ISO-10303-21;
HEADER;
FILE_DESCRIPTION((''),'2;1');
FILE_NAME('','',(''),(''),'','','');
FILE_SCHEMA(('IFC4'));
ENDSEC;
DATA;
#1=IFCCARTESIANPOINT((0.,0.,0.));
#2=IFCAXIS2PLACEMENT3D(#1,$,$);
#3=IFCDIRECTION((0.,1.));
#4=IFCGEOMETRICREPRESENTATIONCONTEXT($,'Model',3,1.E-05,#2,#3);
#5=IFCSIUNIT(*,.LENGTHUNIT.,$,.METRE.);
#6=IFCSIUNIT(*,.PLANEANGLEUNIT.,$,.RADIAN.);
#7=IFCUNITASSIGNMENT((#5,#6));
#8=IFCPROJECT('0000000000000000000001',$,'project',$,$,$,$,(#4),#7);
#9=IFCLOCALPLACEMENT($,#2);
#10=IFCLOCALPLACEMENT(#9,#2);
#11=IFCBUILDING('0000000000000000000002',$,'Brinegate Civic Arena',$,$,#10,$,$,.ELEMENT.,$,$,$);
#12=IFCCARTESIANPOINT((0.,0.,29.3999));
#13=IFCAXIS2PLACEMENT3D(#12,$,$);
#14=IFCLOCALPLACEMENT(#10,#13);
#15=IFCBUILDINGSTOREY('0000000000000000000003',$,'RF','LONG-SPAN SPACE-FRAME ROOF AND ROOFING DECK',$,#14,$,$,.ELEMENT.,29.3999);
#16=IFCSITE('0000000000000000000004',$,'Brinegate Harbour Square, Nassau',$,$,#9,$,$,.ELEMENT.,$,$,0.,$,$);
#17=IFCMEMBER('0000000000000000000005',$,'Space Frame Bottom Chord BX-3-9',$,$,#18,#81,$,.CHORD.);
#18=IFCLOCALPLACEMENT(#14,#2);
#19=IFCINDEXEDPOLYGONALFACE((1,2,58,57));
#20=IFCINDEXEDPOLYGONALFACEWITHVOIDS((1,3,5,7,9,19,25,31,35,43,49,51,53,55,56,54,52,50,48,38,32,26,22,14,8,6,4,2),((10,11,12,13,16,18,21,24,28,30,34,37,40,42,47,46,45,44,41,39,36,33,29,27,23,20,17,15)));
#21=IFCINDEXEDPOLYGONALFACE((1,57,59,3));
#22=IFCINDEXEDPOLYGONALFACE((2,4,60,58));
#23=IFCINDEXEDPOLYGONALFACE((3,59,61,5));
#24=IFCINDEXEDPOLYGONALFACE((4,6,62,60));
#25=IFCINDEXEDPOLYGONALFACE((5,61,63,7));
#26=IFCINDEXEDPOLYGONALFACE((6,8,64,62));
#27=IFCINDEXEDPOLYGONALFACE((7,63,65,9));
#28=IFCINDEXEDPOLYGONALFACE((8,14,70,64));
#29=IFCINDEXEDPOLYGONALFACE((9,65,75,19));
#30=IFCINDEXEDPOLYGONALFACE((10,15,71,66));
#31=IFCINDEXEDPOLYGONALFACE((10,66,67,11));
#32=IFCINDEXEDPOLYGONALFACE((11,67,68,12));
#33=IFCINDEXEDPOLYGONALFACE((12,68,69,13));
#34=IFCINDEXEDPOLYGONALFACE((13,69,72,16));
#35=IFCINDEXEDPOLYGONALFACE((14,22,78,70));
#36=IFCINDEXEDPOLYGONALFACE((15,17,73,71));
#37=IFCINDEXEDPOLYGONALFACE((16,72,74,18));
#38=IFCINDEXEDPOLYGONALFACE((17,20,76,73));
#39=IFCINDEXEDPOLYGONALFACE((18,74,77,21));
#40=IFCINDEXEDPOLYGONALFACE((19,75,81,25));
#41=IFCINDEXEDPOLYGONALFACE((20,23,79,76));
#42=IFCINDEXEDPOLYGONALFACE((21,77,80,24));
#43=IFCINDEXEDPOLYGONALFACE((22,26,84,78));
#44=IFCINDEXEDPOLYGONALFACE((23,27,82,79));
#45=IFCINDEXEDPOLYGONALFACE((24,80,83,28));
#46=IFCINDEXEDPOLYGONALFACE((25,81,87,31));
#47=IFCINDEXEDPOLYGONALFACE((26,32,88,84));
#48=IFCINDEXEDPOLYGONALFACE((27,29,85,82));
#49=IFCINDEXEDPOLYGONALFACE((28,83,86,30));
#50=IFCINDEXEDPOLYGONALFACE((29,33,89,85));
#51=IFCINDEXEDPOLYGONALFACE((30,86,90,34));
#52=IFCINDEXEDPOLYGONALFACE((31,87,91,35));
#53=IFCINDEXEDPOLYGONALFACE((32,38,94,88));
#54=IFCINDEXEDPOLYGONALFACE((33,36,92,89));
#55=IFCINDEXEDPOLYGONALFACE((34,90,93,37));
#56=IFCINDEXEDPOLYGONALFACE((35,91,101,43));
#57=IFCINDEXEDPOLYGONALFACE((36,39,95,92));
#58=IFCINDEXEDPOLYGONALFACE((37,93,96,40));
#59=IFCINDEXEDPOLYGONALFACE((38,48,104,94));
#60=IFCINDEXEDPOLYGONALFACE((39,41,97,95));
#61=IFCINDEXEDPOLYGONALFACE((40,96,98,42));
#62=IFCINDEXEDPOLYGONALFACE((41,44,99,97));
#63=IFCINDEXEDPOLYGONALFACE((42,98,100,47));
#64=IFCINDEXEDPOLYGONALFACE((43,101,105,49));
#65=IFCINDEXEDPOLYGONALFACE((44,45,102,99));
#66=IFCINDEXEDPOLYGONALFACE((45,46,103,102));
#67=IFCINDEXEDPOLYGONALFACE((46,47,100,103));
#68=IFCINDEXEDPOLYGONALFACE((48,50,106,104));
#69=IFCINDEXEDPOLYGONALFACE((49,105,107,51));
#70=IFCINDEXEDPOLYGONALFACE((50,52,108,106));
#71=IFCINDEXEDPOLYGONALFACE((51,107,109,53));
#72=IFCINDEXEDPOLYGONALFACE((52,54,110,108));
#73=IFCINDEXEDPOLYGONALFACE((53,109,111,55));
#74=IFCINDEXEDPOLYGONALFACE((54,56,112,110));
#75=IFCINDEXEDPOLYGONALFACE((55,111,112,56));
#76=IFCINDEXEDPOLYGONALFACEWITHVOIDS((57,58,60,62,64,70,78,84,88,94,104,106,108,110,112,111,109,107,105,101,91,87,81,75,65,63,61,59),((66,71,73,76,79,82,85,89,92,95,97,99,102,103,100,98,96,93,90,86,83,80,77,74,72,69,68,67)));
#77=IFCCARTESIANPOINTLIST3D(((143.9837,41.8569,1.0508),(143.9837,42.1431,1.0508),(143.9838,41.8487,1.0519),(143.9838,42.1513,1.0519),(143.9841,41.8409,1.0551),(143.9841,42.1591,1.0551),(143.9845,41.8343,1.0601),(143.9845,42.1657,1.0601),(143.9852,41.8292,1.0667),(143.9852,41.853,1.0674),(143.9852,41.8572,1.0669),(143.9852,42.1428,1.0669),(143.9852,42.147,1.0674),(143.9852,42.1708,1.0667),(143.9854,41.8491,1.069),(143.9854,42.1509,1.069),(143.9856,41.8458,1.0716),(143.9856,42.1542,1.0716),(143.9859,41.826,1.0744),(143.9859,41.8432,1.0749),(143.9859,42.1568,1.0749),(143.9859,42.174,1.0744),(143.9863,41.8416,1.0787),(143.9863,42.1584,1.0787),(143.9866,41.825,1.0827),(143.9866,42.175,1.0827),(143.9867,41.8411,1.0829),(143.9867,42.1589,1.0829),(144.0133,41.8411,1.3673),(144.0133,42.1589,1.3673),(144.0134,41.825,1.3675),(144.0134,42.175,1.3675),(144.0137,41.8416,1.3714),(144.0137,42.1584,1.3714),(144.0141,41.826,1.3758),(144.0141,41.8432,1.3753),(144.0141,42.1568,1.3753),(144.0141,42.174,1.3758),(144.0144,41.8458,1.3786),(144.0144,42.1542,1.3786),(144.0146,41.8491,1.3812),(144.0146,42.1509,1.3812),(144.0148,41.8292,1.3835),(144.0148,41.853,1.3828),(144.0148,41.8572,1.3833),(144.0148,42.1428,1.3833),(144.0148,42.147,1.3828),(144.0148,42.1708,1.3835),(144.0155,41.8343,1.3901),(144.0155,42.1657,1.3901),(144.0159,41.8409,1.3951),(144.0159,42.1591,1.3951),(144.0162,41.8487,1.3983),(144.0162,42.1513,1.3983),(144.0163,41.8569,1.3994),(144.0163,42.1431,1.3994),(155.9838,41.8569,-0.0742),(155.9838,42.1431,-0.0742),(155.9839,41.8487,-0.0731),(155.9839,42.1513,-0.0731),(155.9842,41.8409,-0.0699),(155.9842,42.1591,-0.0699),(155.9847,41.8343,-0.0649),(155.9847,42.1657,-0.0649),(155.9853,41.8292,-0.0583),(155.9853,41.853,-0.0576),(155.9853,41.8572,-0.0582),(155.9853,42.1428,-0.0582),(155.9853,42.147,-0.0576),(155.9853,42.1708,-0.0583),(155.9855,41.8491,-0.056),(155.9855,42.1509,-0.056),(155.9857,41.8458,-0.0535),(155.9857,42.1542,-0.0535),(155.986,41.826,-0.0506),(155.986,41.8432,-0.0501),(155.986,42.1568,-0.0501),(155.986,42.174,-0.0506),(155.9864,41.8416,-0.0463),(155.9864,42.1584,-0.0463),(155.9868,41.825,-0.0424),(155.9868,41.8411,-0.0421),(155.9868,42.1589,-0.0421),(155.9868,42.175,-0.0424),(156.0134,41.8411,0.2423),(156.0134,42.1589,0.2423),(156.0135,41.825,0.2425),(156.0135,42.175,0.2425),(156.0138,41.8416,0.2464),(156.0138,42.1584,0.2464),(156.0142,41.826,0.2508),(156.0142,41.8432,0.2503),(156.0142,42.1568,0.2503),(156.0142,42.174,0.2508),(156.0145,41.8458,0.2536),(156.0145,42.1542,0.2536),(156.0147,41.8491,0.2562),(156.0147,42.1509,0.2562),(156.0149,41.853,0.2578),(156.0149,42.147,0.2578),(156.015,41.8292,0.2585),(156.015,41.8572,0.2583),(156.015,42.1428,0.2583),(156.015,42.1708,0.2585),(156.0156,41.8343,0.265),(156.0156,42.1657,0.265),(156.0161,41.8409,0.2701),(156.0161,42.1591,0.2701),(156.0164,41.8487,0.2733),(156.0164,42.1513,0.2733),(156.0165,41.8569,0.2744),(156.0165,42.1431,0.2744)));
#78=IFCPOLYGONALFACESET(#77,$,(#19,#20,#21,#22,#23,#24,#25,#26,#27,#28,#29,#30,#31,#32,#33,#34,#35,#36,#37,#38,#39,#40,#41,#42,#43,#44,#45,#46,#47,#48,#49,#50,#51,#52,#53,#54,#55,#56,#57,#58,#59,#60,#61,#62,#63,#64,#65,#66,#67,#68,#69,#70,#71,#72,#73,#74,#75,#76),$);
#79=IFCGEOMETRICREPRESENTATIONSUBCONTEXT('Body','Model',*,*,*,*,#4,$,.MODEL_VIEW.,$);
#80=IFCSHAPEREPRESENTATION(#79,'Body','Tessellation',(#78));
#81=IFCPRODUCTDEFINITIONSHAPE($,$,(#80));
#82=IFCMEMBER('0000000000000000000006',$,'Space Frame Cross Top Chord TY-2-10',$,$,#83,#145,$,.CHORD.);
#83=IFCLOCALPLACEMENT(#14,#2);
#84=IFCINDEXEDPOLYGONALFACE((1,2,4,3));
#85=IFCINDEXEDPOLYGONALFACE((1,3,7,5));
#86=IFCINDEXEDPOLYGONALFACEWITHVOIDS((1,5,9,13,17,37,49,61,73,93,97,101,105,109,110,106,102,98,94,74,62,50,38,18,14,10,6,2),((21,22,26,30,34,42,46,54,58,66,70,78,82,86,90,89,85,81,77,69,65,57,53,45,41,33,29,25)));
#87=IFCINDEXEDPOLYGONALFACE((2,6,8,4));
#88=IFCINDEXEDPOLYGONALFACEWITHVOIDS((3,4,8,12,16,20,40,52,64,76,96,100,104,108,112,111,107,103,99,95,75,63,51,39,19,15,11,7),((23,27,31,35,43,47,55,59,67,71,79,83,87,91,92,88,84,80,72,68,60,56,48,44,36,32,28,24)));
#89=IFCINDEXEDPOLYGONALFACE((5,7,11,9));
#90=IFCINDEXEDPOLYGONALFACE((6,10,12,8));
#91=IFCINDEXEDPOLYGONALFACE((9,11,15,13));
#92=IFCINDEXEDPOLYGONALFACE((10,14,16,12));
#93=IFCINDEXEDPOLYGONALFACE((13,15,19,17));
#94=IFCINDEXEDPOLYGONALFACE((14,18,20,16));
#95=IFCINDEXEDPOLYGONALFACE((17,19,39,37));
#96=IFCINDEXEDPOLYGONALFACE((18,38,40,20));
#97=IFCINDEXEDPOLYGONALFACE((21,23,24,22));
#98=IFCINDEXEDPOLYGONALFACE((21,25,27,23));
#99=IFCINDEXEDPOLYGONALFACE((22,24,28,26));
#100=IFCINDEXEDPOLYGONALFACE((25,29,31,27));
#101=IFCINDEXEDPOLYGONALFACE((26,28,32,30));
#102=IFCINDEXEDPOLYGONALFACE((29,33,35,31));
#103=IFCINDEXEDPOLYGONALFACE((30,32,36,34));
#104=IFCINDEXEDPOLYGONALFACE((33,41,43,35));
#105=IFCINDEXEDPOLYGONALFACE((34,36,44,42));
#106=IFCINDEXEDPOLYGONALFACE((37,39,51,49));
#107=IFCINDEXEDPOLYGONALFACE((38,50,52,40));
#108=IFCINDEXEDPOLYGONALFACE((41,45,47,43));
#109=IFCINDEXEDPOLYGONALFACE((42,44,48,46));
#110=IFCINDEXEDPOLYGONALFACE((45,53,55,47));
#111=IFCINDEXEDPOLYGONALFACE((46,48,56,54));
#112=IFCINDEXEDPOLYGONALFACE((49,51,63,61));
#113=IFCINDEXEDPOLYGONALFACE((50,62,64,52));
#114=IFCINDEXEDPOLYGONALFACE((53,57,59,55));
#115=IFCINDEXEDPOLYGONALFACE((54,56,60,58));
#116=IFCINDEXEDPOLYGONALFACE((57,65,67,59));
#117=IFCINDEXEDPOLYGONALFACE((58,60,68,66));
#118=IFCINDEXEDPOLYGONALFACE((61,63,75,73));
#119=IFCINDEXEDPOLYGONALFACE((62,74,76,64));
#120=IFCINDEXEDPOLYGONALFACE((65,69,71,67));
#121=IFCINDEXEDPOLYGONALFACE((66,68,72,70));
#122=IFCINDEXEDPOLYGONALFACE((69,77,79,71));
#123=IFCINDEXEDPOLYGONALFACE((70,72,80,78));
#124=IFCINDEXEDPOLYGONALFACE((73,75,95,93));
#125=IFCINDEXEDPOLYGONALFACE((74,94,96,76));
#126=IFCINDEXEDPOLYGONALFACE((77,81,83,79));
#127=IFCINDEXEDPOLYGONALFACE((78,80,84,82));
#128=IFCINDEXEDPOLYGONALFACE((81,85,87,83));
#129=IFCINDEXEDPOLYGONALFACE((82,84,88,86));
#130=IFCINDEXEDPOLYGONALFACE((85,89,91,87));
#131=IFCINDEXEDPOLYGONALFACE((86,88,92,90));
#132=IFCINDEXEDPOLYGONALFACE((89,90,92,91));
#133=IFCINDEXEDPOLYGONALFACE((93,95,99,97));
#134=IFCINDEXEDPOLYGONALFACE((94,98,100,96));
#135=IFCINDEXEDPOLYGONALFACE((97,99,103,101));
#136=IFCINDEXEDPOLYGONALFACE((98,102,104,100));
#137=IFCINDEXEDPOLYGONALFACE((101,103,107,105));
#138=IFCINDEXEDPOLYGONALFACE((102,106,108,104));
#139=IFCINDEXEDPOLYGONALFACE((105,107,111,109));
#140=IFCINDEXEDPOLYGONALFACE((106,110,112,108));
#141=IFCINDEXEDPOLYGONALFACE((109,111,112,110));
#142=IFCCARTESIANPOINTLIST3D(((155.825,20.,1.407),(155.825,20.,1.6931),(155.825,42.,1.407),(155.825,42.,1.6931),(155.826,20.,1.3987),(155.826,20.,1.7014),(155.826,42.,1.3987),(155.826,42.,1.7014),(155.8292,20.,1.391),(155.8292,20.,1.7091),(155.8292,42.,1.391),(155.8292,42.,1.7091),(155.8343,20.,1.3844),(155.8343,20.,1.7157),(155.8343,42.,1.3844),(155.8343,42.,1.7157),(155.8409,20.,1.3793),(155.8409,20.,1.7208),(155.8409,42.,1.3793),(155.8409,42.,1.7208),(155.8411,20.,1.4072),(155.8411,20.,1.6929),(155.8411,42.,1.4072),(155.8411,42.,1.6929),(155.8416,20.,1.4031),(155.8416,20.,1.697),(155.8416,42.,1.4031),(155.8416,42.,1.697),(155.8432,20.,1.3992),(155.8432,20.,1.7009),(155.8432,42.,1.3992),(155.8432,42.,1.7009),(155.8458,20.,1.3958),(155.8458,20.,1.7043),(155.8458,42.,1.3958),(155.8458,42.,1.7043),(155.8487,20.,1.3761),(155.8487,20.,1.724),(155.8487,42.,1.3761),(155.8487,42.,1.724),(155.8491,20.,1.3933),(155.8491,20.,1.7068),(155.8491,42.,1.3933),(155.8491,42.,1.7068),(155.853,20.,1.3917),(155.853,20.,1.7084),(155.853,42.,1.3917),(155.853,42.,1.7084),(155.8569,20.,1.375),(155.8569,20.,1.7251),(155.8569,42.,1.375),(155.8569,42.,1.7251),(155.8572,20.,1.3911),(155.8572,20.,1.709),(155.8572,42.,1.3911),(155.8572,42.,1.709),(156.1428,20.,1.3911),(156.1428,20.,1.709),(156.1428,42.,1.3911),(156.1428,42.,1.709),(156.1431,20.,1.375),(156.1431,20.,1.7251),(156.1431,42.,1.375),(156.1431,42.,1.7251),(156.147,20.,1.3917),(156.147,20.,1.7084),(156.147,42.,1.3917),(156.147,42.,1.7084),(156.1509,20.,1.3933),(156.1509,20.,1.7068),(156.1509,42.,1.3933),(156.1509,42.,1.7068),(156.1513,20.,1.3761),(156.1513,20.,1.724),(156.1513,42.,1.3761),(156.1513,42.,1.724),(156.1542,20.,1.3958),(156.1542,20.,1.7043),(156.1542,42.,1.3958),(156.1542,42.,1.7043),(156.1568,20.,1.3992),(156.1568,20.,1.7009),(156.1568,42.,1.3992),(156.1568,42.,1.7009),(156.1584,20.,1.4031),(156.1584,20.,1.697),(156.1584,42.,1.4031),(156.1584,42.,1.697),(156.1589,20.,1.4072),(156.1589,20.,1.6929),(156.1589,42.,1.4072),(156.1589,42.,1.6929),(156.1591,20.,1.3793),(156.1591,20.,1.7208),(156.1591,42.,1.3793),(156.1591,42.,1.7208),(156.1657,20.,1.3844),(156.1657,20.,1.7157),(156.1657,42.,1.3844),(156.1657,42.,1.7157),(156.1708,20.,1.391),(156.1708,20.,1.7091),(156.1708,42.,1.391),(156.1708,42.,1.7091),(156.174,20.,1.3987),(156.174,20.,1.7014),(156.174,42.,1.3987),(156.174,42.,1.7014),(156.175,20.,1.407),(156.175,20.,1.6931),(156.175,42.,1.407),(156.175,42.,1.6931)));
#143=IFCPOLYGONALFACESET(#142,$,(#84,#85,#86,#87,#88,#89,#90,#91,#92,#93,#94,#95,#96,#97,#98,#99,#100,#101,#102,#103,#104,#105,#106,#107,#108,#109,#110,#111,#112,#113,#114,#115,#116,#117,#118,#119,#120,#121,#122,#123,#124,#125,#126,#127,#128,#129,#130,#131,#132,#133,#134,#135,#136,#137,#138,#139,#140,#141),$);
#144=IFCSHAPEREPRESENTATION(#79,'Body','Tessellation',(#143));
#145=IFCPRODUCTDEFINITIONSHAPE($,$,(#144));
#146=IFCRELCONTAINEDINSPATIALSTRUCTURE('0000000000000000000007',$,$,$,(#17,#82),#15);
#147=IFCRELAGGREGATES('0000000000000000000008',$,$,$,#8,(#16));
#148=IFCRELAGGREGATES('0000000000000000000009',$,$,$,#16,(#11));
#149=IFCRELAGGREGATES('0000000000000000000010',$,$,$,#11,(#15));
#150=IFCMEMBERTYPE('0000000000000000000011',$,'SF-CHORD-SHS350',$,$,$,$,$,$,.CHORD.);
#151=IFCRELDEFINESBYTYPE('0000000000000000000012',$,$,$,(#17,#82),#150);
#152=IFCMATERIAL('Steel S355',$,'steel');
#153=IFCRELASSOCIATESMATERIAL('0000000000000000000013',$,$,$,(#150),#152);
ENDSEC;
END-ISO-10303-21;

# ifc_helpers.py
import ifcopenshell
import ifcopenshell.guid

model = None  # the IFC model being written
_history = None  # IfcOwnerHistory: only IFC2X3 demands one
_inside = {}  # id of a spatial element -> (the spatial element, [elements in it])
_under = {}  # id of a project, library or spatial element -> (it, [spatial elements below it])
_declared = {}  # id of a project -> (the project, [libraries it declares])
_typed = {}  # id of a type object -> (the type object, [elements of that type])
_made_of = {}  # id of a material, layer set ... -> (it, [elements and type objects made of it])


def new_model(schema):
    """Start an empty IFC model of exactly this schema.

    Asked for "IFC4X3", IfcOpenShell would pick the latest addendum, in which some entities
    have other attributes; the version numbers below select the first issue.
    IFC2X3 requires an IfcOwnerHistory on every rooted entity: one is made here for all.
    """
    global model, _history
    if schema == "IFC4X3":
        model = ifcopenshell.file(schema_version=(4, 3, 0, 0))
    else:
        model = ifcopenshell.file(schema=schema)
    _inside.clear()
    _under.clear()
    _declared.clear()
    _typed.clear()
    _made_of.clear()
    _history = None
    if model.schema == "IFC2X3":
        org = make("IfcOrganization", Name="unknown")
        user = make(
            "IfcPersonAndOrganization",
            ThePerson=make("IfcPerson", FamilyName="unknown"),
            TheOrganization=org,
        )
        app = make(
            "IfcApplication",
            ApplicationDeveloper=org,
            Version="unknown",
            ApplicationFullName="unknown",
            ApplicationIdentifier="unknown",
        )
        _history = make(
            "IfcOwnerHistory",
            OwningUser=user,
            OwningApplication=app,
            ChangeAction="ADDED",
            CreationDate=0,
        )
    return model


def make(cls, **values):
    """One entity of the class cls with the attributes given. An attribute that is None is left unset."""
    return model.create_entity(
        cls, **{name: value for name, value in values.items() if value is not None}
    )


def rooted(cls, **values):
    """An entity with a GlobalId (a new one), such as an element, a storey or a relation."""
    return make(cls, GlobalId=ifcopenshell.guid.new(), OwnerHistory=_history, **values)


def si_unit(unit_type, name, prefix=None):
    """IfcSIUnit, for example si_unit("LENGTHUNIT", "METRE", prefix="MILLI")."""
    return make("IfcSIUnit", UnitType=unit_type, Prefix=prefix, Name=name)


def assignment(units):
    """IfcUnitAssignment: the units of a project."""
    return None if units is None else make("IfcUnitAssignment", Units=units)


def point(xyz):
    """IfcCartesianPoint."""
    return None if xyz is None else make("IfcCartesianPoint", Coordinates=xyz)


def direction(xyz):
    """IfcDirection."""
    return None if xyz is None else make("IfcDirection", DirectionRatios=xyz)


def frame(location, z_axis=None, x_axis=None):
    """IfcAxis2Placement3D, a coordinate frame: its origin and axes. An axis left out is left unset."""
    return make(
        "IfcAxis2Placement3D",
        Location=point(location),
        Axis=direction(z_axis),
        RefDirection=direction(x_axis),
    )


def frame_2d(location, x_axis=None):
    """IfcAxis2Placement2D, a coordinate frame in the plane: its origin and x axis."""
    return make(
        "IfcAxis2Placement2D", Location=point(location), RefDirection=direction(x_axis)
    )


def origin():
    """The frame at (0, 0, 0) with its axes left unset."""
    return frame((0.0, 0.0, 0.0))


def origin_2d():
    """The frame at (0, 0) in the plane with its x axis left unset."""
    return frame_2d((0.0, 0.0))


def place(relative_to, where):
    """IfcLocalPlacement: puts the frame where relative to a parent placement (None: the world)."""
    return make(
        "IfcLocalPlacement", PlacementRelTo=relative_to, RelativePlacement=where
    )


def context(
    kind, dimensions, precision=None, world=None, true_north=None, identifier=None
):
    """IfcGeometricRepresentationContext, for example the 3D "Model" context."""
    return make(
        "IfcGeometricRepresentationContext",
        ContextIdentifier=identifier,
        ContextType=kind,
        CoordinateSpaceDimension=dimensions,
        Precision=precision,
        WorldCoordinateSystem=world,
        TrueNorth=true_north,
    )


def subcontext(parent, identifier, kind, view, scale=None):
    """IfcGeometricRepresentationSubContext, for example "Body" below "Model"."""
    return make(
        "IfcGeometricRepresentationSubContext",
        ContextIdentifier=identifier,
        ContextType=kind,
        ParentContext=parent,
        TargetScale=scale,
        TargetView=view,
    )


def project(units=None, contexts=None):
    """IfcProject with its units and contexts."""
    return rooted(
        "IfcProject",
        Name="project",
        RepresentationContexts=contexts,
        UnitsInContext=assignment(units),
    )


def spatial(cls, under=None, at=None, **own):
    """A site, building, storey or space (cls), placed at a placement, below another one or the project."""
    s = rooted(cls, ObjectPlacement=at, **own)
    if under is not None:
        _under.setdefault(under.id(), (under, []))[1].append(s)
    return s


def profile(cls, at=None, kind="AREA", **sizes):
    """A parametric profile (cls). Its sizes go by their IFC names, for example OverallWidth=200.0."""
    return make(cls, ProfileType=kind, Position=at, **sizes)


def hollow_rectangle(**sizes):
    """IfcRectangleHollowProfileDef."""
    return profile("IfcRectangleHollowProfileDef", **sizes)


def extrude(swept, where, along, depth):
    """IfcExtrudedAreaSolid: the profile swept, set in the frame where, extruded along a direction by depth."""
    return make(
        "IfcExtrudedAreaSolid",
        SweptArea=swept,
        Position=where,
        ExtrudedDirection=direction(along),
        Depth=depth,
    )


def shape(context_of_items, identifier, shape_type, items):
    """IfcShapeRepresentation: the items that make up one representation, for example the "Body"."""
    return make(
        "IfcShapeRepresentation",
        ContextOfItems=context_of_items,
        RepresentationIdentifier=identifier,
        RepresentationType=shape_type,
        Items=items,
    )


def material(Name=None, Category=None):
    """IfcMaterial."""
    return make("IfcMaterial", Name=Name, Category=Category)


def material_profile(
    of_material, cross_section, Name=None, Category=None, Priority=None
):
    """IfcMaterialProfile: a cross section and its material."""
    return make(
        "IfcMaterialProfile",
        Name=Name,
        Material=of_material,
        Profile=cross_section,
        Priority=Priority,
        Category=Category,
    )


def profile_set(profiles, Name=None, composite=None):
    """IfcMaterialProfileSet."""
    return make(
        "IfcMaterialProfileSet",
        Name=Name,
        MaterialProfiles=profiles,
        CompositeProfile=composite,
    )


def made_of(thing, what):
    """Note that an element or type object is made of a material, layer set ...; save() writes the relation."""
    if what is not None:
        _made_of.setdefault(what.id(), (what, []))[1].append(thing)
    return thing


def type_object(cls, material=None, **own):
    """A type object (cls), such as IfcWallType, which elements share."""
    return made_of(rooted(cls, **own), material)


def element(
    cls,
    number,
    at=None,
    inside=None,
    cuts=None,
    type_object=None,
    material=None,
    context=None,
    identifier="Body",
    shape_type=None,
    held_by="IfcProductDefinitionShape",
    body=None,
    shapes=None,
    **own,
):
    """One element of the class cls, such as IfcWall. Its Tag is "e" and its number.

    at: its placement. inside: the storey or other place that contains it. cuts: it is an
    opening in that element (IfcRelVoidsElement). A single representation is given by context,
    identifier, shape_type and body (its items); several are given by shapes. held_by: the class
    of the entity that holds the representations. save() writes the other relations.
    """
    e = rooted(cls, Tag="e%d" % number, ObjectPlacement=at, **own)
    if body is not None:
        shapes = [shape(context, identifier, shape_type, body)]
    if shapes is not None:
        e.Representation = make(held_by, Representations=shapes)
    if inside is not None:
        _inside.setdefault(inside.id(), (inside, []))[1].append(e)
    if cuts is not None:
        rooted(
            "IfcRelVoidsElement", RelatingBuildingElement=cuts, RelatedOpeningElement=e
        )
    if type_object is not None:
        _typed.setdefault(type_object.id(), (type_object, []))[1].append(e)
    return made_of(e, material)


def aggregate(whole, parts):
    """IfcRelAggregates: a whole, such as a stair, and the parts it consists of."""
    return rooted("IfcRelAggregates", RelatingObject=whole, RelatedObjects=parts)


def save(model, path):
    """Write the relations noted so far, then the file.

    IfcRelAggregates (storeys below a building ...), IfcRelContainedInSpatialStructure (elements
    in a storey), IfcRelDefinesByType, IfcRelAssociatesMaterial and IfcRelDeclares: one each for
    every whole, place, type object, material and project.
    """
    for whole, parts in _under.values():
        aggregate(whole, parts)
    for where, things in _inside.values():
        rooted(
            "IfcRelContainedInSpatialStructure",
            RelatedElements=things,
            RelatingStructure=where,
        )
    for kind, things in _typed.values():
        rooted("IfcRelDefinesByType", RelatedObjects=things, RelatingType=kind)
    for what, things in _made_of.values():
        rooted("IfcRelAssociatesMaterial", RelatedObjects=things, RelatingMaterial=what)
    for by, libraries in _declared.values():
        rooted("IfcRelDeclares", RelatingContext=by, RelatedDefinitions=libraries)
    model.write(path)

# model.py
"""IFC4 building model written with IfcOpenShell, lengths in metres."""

from ifc_helpers import new_model, si_unit, direction, frame, origin, origin_2d, place, context, subcontext, project, spatial, hollow_rectangle, extrude, material, material_profile, profile_set, type_object, element, save


model = new_model("IFC4")

# Units and contexts
model_context = context("Model", 3, precision=1e-05, world=origin(), true_north=direction((0.0, 1.0)))
body_context = subcontext(model_context, "Body", "Model", "MODEL_VIEW")
ifc_project = project(units=[si_unit("LENGTHUNIT", "METRE"), si_unit("PLANEANGLEUNIT", "RADIAN")], contexts=[model_context])

# Site, building, storey
site_placement = place(None, origin())
site = spatial("IfcSite", under=ifc_project, at=site_placement, Name="Brinegate Harbour Square, Nassau", CompositionType="ELEMENT", RefElevation=0.0)
building_placement = place(site_placement, origin())
building = spatial("IfcBuilding", under=site, at=building_placement, Name="Brinegate Civic Arena", CompositionType="ELEMENT")
storey_placement = place(building_placement, frame((0.0, 0.0, 29.3999)))
storey = spatial("IfcBuildingStorey", under=building, at=storey_placement, Name="RF", Description="LONG-SPAN SPACE-FRAME ROOF AND ROOFING DECK", CompositionType="ELEMENT", Elevation=29.3999)

# Shared definitions
ifc_material_1 = material(Name="Steel S355", Category="steel")

# Members
ifc_material_profile_1 = material_profile(ifc_material_1, hollow_rectangle(XDim=0.3501, YDim=0.3501, WallThickness=0.0161, InnerFilletRadius=0.0161, OuterFilletRadius=0.032, at=origin_2d()), Name="SHS350X16")
ifc_profile_set_1 = profile_set([ifc_material_profile_1], Name="Steel S355")
member_type_1 = type_object("IfcMemberType", Name="SF-CHORD-SHS350", PredefinedType="CHORD", material=ifc_profile_set_1)
member_1_placement = place(storey_placement, frame((144.0, 42.0, 1.2251), z_axis=(0.995634, 0.0, -0.093341), x_axis=(0.0, 1.0, 0.0)))
element("IfcMember", 1, at=member_1_placement, inside=storey, type_object=member_type_1, Name="Space Frame Bottom Chord BX-3-9", PredefinedType="CHORD", context=body_context, shape_type="SweptSolid", body=[
    extrude(hollow_rectangle(XDim=0.3501, YDim=0.3501, WallThickness=0.0161, InnerFilletRadius=0.0161, OuterFilletRadius=0.032, at=origin_2d()), origin(), (0.0, 0.0, 1.0), 12.0527),
])
member_2_placement = place(storey_placement, frame((156.0, 20.0, 1.55), z_axis=(0.0, 1.0, 0.0), x_axis=(-1.0, 0.0, 0.0)))
element("IfcMember", 2, at=member_2_placement, inside=storey, type_object=member_type_1, Name="Space Frame Cross Top Chord TY-2-10", PredefinedType="CHORD", context=body_context, shape_type="SweptSolid", body=[
    extrude(hollow_rectangle(XDim=0.3501, YDim=0.3501, WallThickness=0.0161, InnerFilletRadius=0.0161, OuterFilletRadius=0.032, at=origin_2d()), origin(), (0.0, 0.0, 1.0), 22.0),
])

save(model, "model.ifc")
